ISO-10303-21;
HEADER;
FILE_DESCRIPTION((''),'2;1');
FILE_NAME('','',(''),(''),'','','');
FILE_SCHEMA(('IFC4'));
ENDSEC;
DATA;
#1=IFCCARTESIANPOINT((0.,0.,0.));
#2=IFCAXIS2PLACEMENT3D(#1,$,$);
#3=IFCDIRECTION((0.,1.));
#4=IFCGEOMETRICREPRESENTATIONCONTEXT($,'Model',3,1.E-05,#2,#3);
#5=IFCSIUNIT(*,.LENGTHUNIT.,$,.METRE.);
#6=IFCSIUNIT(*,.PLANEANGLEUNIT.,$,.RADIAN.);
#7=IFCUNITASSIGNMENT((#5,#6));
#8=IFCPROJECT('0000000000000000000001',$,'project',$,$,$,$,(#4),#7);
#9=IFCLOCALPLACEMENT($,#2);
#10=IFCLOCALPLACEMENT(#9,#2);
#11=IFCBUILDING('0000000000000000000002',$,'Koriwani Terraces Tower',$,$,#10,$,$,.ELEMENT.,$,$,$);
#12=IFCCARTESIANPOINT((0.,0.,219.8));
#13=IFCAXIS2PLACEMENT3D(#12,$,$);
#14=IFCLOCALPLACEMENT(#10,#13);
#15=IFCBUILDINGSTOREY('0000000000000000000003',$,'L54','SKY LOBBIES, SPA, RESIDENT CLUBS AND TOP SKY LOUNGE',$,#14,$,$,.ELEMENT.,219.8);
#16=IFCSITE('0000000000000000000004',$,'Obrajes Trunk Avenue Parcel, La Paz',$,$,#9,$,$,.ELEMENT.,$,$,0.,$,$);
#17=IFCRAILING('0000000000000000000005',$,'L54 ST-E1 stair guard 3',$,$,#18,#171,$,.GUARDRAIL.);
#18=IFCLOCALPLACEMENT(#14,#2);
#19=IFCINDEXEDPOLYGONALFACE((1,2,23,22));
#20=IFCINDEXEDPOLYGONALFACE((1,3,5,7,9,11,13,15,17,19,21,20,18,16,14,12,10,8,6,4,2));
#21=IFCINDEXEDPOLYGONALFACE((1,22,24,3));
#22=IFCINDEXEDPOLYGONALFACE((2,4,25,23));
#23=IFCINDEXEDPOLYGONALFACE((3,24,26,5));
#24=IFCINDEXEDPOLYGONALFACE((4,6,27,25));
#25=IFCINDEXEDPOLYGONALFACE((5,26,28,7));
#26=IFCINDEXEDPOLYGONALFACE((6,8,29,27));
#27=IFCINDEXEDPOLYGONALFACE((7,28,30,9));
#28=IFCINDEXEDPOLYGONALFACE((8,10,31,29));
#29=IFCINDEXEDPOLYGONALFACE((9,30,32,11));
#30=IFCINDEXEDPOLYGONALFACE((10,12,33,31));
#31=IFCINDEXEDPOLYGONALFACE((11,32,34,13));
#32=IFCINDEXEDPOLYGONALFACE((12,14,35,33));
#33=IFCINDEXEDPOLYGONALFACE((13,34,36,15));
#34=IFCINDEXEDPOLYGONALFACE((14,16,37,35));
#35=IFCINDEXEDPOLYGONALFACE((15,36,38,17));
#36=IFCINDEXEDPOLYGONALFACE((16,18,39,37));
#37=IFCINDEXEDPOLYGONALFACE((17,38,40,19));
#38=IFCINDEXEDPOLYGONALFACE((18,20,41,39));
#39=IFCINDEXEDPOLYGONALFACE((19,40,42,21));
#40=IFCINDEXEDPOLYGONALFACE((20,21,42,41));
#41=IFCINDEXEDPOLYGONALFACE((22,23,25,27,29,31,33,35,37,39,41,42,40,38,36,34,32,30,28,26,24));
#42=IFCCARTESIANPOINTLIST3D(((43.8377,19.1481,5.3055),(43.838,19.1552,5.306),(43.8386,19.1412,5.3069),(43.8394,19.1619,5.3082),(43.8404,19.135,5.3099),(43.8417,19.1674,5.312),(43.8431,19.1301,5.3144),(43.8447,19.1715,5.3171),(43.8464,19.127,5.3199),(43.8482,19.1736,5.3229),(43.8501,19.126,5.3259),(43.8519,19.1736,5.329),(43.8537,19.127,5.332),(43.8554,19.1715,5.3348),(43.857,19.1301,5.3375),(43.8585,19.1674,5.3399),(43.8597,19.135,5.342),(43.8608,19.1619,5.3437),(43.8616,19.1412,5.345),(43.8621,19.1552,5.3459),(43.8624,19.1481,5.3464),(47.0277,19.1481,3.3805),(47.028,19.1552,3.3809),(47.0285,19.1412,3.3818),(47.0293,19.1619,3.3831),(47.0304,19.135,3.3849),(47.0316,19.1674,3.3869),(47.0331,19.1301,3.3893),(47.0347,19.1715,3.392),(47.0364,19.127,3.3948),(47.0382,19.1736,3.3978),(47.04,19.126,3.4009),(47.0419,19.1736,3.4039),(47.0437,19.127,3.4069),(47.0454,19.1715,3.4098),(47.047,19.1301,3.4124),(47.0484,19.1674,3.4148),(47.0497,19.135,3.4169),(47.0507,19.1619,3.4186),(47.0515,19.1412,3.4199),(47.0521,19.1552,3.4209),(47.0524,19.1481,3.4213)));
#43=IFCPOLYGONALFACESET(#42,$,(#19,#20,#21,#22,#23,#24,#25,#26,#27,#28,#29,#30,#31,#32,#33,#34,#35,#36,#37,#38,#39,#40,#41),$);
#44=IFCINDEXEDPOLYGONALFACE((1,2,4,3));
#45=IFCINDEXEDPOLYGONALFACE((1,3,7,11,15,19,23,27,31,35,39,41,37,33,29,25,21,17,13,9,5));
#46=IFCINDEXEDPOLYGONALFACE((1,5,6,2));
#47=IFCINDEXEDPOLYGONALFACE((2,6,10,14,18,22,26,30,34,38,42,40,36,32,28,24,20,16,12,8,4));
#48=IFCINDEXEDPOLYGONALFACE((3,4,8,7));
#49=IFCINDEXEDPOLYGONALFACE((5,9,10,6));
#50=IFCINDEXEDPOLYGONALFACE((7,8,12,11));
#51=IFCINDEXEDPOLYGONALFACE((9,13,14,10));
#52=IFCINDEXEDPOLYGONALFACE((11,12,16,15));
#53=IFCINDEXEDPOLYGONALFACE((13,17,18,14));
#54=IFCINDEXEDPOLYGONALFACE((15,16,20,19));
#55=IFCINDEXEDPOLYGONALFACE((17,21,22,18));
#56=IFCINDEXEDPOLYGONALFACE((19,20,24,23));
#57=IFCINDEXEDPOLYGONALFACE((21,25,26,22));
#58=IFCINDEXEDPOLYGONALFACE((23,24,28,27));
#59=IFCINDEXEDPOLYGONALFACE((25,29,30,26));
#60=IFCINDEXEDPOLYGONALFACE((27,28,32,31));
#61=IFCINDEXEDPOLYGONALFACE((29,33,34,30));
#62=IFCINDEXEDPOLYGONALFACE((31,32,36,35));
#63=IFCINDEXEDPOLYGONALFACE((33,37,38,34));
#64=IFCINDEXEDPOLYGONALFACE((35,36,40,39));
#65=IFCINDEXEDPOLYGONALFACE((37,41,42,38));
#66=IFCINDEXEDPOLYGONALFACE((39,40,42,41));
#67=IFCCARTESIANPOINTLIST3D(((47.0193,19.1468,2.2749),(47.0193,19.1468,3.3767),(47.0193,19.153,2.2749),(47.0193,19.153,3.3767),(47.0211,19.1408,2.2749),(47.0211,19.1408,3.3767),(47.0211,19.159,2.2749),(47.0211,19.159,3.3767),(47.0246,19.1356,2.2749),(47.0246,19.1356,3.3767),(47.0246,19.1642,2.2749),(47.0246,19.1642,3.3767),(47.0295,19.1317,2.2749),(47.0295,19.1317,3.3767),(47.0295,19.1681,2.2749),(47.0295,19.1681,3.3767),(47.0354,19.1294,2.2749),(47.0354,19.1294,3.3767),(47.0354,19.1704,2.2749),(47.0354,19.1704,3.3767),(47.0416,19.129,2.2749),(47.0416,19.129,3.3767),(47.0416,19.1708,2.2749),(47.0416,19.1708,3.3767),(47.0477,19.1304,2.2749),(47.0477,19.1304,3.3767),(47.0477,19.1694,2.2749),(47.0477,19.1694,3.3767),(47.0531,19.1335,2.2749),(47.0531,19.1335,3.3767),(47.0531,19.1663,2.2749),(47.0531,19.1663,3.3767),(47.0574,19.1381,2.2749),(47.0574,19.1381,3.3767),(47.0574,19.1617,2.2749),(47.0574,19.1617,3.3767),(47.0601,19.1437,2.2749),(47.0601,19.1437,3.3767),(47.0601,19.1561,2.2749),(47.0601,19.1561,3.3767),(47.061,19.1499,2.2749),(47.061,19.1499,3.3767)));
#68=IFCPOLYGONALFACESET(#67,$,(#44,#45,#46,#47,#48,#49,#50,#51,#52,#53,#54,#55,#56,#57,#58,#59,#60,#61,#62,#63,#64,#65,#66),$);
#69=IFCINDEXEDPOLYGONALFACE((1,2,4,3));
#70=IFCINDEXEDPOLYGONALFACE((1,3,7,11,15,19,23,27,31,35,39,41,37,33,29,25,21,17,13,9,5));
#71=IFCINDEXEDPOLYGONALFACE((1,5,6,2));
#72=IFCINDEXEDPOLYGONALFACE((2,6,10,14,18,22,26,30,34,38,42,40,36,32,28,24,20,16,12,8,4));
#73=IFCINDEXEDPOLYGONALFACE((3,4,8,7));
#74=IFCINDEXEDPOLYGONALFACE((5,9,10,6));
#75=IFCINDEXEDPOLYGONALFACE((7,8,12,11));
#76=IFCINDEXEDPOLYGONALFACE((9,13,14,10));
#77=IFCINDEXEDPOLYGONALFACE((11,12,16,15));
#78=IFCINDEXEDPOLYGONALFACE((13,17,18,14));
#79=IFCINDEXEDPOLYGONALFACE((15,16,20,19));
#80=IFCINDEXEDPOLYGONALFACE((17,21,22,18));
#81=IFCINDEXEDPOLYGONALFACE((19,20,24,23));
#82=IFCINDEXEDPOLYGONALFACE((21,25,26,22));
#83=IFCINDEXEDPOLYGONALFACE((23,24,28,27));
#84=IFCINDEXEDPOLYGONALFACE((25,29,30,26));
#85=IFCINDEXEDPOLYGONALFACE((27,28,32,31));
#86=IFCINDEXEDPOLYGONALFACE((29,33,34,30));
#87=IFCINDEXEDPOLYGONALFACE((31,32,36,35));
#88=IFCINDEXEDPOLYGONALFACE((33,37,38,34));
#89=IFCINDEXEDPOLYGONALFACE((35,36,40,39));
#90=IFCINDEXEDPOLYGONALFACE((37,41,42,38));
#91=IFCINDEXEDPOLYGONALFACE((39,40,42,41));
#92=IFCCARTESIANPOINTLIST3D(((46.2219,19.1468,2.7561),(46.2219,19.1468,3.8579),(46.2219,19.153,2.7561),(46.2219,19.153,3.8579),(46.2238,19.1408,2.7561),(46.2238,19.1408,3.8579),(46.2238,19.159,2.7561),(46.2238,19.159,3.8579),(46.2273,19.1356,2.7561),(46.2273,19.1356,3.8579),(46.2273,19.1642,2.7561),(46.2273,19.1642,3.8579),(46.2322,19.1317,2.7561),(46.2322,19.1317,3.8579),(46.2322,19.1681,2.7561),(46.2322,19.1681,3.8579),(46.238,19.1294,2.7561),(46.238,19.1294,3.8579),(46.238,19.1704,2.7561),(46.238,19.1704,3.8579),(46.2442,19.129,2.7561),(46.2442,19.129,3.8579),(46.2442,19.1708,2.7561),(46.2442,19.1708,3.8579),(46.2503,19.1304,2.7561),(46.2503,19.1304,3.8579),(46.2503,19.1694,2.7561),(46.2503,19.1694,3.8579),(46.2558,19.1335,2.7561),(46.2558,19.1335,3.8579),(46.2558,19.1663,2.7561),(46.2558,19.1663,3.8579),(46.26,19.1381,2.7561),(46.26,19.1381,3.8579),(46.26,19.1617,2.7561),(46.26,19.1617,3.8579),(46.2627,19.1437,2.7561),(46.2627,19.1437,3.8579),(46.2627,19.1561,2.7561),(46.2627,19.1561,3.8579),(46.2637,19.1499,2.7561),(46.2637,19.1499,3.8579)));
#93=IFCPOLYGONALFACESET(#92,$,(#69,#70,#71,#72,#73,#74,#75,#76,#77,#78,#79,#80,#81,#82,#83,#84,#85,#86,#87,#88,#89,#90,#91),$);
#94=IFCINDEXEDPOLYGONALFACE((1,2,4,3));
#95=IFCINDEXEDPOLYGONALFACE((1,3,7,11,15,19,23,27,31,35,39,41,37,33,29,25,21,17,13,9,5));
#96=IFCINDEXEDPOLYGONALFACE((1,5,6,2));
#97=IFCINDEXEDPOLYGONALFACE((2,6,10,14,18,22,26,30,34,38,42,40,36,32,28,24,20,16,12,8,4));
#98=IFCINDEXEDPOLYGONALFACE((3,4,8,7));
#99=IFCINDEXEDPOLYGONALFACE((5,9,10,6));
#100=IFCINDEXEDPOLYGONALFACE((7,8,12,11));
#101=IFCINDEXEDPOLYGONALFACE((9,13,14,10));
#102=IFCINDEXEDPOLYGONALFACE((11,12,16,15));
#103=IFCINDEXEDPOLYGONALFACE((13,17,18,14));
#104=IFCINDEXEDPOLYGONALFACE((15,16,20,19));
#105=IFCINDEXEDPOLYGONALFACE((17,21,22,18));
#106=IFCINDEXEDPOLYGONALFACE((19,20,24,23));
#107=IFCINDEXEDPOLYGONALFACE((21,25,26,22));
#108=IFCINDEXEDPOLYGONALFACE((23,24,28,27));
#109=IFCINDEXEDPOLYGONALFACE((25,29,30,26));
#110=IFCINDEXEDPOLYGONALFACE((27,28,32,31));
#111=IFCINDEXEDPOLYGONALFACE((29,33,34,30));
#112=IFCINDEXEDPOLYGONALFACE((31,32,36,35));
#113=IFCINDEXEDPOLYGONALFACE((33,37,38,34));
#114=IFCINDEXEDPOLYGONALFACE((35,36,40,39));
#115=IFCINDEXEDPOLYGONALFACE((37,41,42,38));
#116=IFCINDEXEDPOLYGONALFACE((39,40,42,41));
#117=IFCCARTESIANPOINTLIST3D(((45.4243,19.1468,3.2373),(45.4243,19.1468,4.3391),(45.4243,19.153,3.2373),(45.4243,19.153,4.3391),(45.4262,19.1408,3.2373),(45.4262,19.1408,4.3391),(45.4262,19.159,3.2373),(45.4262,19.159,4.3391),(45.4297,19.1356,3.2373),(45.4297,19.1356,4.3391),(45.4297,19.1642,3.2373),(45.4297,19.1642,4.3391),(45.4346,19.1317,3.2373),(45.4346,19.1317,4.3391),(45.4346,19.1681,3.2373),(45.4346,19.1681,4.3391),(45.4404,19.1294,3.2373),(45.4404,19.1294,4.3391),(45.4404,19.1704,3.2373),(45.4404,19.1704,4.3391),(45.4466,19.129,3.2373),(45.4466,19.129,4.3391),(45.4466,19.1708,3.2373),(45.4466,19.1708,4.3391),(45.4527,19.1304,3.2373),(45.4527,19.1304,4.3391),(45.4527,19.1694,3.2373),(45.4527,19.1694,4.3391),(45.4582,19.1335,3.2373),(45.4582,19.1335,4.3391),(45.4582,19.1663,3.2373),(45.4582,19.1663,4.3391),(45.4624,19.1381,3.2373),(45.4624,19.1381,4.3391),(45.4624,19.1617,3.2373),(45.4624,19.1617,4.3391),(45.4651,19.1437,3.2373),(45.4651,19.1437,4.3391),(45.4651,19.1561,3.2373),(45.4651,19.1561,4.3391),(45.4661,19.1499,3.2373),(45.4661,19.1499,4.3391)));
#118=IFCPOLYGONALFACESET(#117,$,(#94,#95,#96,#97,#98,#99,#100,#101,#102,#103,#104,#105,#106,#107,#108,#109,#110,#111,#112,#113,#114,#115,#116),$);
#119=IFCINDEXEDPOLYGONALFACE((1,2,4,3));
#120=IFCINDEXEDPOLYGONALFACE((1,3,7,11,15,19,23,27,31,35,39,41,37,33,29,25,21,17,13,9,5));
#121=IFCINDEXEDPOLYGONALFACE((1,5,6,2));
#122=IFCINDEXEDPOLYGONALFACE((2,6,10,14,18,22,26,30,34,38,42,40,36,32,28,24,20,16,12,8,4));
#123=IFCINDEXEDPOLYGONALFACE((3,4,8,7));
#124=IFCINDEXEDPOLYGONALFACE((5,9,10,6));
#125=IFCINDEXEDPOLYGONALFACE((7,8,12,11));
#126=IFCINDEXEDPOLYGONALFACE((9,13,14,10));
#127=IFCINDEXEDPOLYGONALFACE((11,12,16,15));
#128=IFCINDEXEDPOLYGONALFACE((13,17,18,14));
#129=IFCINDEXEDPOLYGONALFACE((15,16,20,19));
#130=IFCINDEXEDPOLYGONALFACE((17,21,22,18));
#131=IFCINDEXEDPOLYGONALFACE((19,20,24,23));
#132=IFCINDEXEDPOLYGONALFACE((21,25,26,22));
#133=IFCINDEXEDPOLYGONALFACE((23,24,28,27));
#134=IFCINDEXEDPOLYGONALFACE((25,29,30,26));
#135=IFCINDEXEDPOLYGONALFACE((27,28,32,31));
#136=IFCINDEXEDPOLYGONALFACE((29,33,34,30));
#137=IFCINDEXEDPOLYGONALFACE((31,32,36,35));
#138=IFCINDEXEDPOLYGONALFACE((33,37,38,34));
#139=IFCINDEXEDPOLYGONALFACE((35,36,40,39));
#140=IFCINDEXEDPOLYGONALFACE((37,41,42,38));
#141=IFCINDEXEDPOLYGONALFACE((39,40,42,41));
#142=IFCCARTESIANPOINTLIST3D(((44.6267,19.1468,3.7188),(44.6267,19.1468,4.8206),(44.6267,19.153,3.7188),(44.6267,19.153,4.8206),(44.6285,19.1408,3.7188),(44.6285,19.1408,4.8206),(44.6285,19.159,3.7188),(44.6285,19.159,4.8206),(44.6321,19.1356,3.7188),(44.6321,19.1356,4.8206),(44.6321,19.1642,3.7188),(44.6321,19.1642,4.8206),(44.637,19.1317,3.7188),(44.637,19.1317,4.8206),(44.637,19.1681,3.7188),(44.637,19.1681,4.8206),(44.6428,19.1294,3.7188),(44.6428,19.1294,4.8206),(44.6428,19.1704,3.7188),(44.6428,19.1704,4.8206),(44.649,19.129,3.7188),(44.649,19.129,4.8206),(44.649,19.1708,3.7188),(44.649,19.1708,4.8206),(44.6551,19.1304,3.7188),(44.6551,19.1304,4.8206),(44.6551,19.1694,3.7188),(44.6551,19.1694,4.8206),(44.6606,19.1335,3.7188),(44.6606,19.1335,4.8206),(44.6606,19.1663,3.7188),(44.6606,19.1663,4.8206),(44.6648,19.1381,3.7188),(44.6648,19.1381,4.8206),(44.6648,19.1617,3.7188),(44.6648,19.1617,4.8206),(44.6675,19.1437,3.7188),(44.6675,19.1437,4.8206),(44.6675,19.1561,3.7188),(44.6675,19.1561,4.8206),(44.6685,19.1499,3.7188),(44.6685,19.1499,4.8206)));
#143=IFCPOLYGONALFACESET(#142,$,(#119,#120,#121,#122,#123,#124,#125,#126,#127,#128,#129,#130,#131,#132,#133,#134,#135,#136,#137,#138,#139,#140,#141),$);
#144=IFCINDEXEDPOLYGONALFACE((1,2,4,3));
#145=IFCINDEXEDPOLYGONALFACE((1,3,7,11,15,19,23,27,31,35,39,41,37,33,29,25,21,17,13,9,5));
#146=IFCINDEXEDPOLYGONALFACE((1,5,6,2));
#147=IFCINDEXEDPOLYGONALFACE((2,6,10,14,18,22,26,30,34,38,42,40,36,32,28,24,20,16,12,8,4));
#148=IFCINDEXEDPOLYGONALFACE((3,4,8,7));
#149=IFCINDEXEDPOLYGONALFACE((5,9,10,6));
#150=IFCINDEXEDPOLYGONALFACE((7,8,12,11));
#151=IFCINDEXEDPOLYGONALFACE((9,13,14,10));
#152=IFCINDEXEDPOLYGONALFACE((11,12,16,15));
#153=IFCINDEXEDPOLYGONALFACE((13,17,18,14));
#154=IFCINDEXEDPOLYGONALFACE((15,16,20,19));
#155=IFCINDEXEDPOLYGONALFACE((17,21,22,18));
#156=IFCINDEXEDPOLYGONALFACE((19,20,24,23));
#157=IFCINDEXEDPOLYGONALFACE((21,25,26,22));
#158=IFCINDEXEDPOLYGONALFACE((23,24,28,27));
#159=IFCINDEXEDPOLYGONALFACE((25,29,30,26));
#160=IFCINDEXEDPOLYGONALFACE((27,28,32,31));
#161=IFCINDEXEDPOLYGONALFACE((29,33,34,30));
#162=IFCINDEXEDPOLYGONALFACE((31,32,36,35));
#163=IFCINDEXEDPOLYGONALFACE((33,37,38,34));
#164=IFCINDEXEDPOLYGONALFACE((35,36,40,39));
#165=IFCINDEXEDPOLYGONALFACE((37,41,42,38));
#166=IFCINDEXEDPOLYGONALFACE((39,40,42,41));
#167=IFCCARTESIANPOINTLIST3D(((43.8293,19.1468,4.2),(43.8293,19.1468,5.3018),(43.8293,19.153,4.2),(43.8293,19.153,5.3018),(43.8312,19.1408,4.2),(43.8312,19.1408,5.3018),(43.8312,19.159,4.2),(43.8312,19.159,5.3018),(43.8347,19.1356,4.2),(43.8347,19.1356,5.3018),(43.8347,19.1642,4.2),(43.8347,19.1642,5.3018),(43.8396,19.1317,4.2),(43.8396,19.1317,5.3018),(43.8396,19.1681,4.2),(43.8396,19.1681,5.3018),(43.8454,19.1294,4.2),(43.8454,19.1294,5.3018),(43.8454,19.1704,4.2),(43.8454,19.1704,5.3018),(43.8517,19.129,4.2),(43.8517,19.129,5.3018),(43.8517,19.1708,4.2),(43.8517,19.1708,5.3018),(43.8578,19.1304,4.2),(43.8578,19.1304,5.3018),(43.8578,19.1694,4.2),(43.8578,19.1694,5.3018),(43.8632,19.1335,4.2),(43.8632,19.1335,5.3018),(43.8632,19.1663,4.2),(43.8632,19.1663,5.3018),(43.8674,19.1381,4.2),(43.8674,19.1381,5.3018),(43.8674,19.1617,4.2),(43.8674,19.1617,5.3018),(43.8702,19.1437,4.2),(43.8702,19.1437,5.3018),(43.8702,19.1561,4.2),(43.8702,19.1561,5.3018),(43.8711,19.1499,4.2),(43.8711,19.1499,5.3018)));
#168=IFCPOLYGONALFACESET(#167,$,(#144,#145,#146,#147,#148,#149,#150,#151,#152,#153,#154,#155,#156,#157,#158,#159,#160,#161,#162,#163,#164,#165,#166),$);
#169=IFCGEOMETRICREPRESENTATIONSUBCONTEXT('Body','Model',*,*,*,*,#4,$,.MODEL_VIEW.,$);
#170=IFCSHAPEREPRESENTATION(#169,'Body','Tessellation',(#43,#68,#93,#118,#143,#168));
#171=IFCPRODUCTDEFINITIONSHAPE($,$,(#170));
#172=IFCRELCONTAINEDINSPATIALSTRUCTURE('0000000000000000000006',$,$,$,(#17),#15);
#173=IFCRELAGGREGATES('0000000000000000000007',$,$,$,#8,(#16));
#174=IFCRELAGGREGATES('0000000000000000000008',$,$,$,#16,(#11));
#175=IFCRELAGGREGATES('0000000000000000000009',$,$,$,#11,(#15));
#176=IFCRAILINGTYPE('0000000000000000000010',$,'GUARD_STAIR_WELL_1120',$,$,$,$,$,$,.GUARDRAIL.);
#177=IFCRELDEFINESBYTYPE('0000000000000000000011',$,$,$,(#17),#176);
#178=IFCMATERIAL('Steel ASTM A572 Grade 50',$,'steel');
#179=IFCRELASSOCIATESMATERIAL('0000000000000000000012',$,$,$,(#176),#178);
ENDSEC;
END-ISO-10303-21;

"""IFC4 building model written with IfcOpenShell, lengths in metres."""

from ifc_helpers import new_model, si_unit, direction, frame, origin, origin_2d, place, context, subcontext, project, spatial, circle, extrude, material, type_object, element, save


model = new_model("IFC4")

# Units and contexts
model_context = context("Model", 3, precision=1e-05, world=origin(), true_north=direction((0.0, 1.0)))
body_context = subcontext(model_context, "Body", "Model", "MODEL_VIEW")
ifc_project = project(units=[si_unit("LENGTHUNIT", "METRE"), si_unit("PLANEANGLEUNIT", "RADIAN")], contexts=[model_context])

# Site, building, storey
site_placement = place(None, origin())
site = spatial("IfcSite", under=ifc_project, at=site_placement, Name="Obrajes Trunk Avenue Parcel, La Paz", CompositionType="ELEMENT", RefElevation=0.0)
building_placement = place(site_placement, origin())
building = spatial("IfcBuilding", under=site, at=building_placement, Name="Koriwani Terraces Tower", CompositionType="ELEMENT")
storey_placement = place(building_placement, frame((0.0, 0.0, 219.8)))
storey = spatial("IfcBuildingStorey", under=building, at=storey_placement, Name="L54", Description="SKY LOBBIES, SPA, RESIDENT CLUBS AND TOP SKY LOUNGE", CompositionType="ELEMENT", Elevation=219.8)

# Shared definitions
ifc_material_1 = material(Name="Steel ASTM A572 Grade 50", Category="steel")

# Railing
railing_type_1 = type_object("IfcRailingType", Name="GUARD_STAIR_WELL_1120", PredefinedType="GUARDRAIL", material=ifc_material_1)
railing_1_placement = place(storey_placement, frame((47.04, 19.1499, 2.2749)))
element("IfcRailing", 1, at=railing_1_placement, inside=storey, type_object=railing_type_1, Name="L54 ST-E1 stair guard 3", PredefinedType="GUARDRAIL", context=body_context, shape_type="SweptSolid", body=[
    extrude(circle(Radius=0.0239, at=origin_2d()), frame((0.0, 0.0, 1.126), z_axis=(-0.856178, 0.0, 0.516682), x_axis=(0.0, -1.0, 0.0)), (0.0, 0.0, 1.0), 3.7258),
    extrude(circle(Radius=0.021, at=origin_2d()), origin(), (0.0, 0.0, 1.0), 1.1018),
    extrude(circle(Radius=0.021, at=origin_2d()), frame((-0.7974, 0.0, 0.4812)), (0.0, 0.0, 1.0), 1.1018),
    extrude(circle(Radius=0.021, at=origin_2d()), frame((-1.595, 0.0, 0.9624)), (0.0, 0.0, 1.0), 1.1018),
    extrude(circle(Radius=0.021, at=origin_2d()), frame((-2.3926, 0.0, 1.4438)), (0.0, 0.0, 1.0), 1.1018),
    extrude(circle(Radius=0.021, at=origin_2d()), frame((-3.1899, 0.0, 1.925)), (0.0, 0.0, 1.0), 1.1018),
])

save(model, "model.ifc")
